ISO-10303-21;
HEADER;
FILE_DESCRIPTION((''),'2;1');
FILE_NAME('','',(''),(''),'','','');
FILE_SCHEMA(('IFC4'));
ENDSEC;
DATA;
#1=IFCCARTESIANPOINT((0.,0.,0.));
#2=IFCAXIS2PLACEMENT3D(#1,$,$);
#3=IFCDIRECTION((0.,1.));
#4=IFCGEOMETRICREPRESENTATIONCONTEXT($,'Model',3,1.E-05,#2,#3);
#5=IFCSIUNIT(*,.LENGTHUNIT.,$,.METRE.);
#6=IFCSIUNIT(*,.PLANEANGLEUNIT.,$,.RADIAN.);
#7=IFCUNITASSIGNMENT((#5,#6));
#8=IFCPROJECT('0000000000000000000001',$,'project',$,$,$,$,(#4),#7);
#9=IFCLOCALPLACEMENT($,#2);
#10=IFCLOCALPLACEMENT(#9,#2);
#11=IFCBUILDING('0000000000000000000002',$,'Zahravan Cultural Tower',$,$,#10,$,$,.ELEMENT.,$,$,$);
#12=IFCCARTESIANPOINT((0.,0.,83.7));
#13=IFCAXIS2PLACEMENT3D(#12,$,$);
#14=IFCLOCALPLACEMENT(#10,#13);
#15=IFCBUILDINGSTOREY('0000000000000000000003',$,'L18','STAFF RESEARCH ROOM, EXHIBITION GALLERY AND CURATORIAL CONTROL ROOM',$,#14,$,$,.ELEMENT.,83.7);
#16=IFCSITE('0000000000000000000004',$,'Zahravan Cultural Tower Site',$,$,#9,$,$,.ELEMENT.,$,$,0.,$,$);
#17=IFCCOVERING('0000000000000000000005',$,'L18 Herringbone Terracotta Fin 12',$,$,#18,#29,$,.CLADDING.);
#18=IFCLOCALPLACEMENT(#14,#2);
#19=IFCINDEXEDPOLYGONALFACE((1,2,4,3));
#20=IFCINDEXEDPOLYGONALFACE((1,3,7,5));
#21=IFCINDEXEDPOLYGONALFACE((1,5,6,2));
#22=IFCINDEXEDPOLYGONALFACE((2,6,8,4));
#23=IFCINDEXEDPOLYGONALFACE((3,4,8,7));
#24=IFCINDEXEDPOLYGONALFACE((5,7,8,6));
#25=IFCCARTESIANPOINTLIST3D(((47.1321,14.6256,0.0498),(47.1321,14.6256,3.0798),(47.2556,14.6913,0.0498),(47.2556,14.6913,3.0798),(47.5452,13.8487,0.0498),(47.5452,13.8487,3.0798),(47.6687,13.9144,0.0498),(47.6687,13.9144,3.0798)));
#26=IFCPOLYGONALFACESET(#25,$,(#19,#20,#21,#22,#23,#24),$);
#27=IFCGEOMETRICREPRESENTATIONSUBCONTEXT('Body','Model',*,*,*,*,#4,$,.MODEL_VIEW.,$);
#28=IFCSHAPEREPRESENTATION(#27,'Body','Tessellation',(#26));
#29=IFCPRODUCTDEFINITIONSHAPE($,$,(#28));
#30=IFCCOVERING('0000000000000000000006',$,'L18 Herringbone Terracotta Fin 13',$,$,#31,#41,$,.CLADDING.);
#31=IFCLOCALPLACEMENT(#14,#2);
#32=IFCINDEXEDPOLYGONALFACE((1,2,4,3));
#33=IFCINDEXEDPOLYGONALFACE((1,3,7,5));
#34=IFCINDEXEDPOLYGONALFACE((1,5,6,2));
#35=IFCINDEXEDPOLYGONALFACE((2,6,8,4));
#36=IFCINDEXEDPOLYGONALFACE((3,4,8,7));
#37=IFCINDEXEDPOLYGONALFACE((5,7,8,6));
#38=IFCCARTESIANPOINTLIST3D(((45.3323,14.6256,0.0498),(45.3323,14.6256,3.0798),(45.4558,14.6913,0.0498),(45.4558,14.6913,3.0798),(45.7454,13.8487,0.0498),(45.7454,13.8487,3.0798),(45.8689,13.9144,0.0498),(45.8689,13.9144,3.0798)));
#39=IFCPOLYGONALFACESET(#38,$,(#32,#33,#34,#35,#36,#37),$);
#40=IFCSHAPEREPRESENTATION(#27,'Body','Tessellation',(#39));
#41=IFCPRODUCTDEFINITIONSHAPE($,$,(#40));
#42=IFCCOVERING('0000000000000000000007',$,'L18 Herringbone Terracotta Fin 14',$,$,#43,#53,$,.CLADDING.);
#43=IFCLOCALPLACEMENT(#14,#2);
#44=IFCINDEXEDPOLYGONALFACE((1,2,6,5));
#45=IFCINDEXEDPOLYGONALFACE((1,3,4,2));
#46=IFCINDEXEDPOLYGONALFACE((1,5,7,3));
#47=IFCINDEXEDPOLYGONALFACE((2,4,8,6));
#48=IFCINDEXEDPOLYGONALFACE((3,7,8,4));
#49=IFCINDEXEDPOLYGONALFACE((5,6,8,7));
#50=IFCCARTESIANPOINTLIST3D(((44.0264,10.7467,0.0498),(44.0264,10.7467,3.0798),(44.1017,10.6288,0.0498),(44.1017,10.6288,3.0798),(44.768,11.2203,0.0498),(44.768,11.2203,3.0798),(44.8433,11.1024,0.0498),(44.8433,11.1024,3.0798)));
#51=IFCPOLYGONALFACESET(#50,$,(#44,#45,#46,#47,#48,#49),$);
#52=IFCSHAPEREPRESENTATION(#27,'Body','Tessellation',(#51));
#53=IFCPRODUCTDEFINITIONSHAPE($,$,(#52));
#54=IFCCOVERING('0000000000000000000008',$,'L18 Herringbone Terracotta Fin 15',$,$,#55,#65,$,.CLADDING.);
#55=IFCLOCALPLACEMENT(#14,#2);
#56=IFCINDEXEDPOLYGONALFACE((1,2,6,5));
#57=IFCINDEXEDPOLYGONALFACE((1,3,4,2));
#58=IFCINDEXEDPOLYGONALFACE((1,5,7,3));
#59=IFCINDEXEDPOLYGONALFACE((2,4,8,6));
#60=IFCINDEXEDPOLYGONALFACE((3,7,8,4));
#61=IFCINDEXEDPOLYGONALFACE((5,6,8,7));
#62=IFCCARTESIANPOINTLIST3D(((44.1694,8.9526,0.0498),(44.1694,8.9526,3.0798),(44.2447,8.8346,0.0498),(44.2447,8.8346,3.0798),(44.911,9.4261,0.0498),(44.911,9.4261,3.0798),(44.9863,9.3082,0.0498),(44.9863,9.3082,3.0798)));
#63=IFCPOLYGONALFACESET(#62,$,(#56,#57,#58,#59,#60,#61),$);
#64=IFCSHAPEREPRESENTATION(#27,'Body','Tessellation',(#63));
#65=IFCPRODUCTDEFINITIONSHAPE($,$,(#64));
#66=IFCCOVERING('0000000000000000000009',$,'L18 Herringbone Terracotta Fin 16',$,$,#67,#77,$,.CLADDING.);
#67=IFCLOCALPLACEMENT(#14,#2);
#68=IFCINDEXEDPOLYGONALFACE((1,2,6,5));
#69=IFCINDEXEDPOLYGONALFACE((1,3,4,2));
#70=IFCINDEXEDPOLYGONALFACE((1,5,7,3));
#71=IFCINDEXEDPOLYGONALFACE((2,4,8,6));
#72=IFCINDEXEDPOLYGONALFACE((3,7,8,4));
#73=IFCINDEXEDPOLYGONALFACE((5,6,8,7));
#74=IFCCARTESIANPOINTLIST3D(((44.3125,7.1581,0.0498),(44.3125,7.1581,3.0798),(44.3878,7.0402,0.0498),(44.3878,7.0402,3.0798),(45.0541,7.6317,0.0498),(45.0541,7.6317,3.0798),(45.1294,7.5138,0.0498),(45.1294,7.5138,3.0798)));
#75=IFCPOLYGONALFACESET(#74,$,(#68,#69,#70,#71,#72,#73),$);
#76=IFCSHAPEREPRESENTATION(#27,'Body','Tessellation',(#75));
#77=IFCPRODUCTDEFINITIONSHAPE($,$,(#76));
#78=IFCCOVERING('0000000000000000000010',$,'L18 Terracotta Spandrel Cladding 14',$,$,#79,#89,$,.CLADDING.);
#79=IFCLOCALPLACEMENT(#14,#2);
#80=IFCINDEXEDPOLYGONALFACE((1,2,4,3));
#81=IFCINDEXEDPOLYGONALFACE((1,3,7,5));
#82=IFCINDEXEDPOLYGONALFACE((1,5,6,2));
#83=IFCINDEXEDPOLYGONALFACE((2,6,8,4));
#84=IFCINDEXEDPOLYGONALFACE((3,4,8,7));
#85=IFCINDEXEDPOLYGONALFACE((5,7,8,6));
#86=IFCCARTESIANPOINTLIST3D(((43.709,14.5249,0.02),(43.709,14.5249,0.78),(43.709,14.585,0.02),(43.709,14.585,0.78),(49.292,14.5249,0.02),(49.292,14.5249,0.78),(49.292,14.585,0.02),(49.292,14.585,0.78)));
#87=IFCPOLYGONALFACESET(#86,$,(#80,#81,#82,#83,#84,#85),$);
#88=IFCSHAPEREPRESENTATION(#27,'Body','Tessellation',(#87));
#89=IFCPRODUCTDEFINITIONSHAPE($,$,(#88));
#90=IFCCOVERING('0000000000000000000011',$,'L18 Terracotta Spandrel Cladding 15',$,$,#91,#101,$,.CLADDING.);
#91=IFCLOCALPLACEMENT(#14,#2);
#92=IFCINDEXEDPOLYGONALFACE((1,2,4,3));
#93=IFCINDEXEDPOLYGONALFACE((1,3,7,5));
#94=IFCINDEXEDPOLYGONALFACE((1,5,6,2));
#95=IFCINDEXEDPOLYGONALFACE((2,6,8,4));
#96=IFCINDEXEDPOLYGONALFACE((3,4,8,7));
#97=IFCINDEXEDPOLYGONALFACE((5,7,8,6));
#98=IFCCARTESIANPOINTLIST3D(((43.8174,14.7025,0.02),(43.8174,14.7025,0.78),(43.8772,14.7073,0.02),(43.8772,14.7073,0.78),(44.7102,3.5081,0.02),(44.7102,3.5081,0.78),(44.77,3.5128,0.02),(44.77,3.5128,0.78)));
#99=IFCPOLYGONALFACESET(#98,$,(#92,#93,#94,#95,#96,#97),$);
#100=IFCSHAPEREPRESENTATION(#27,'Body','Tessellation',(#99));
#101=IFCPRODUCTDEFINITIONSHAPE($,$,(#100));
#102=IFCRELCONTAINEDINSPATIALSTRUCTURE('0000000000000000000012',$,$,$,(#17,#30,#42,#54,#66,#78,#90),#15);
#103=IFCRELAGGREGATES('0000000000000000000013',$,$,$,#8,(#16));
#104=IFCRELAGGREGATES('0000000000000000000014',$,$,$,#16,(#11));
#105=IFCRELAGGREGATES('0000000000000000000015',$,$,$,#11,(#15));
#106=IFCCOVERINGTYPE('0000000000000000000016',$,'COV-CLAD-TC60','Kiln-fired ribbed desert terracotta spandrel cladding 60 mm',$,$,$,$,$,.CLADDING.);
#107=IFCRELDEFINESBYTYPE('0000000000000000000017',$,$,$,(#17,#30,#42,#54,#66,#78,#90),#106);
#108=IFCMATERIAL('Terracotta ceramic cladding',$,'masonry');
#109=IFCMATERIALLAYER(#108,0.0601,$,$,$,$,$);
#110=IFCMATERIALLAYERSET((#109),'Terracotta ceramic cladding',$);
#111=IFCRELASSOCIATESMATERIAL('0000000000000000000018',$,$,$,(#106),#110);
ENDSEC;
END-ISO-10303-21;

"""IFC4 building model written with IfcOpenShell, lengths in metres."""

from ifc_helpers import new_model, si_unit, direction, frame, origin, origin_2d, place, context, subcontext, project, spatial, rectangle, extrude, source, transform, mapped, material, layer, layer_set, type_object, element, save


model = new_model("IFC4")

# Units and contexts
model_context = context("Model", 3, precision=1e-05, world=origin(), true_north=direction((0.0, 1.0)))
body_context = subcontext(model_context, "Body", "Model", "MODEL_VIEW")
ifc_project = project(units=[si_unit("LENGTHUNIT", "METRE"), si_unit("PLANEANGLEUNIT", "RADIAN")], contexts=[model_context])

# Site, building, storey
site_placement = place(None, origin())
site = spatial("IfcSite", under=ifc_project, at=site_placement, Name="Zahravan Cultural Tower Site", CompositionType="ELEMENT", RefElevation=0.0)
building_placement = place(site_placement, origin())
building = spatial("IfcBuilding", under=site, at=building_placement, Name="Zahravan Cultural Tower", CompositionType="ELEMENT")
storey_placement = place(building_placement, frame((0.0, 0.0, 83.7)))
storey = spatial("IfcBuildingStorey", under=building, at=storey_placement, Name="L18", Description="STAFF RESEARCH ROOM, EXHIBITION GALLERY AND CURATORIAL CONTROL ROOM", CompositionType="ELEMENT", Elevation=83.7)

# Coverings
ifc_material_1 = material(Name="Terracotta ceramic cladding", Category="masonry")
ifc_layer_1 = layer(ifc_material_1, 0.0601)
ifc_layer_set_1 = layer_set([ifc_layer_1], Name="Terracotta ceramic cladding")
covering_type = type_object("IfcCoveringType", Name="COV-CLAD-TC60", Description="Kiln-fired ribbed desert terracotta spandrel cladding 60 mm", PredefinedType="CLADDING", material=ifc_layer_set_1)
shared_shape_1 = source(origin(), body_context, "Body", "SweptSolid", [
    extrude(rectangle(XDim=0.8799, YDim=0.1399, at=origin_2d()), origin(), (0.0, 0.0, 1.0), 3.03),
])
for number, where, z_axis, x_axis, name in (
    (1, (47.4004, 14.27, 0.0498), (0.0, 0.0, 1.0), (0.469472, -0.882948, 0.0), "L18 Herringbone Terracotta Fin 12"),
    (2, (45.6006, 14.27, 0.0498), (0.0, 0.0, 1.0), (0.469472, -0.882948, 0.0), "L18 Herringbone Terracotta Fin 13"),
    (3, (44.4348, 10.9246, 0.0498), (0.0, 0.0, 1.0), (0.842828, 0.538183, 0.0), "L18 Herringbone Terracotta Fin 14"),
    (4, (44.5779, 9.1304, 0.0498), (0.0, 0.0, 1.0), (0.842828, 0.538183, 0.0), "L18 Herringbone Terracotta Fin 15"),
    (5, (44.7209, 7.3359, 0.0498), (0.0, 0.0, 1.0), (0.842828, 0.538183, 0.0), "L18 Herringbone Terracotta Fin 16"),
):
    element("IfcCovering", number, at=place(storey_placement, frame(where, z_axis=z_axis, x_axis=x_axis)), inside=storey, type_object=covering_type, Name=name, PredefinedType="CLADDING", context=body_context, shape_type="MappedRepresentation", body=[
        mapped(shared_shape_1, transform((0.0, 0.0, 0.0), x_axis=(1.0, 0.0, 0.0), y_axis=(0.0, 1.0, 0.0), z_axis=(0.0, 0.0, 1.0), scale=1.0)),
    ])
shared_shape_2 = source(origin(), body_context, "Body", "SweptSolid", [
    extrude(rectangle(XDim=5.583, YDim=0.0601, at=origin_2d()), origin(), (0.0, 0.0, 1.0), 0.76),
])
covering_1_placement = place(storey_placement, frame((46.5005, 14.5549, 0.02), z_axis=(0.0, 0.0, 1.0), x_axis=(-1.0, 0.0, 0.0)))
element("IfcCovering", 6, at=covering_1_placement, inside=storey, type_object=covering_type, Name="L18 Terracotta Spandrel Cladding 14", PredefinedType="CLADDING", context=body_context, shape_type="MappedRepresentation", body=[
    mapped(shared_shape_2, transform((0.0, 0.0, 0.0), x_axis=(1.0, 0.0, 0.0), y_axis=(0.0, 1.0, 0.0), z_axis=(0.0, 0.0, 1.0), scale=1.0)),
])
shared_shape_3 = source(origin(), body_context, "Body", "SweptSolid", [
    extrude(rectangle(XDim=11.23, YDim=0.0601, at=origin_2d()), origin(), (0.0, 0.0, 1.0), 0.76),
])
covering_2_placement = place(storey_placement, frame((44.2937, 9.1077, 0.02), z_axis=(0.0, 0.0, 1.0), x_axis=(0.079503, -0.996835, 0.0)))
element("IfcCovering", 7, at=covering_2_placement, inside=storey, type_object=covering_type, Name="L18 Terracotta Spandrel Cladding 15", PredefinedType="CLADDING", context=body_context, shape_type="MappedRepresentation", body=[
    mapped(shared_shape_3, transform((0.0, 0.0, 0.0), x_axis=(1.0, 0.0, 0.0), y_axis=(0.0, 1.0, 0.0), z_axis=(0.0, 0.0, 1.0), scale=1.0)),
])

save(model, "model.ifc")
